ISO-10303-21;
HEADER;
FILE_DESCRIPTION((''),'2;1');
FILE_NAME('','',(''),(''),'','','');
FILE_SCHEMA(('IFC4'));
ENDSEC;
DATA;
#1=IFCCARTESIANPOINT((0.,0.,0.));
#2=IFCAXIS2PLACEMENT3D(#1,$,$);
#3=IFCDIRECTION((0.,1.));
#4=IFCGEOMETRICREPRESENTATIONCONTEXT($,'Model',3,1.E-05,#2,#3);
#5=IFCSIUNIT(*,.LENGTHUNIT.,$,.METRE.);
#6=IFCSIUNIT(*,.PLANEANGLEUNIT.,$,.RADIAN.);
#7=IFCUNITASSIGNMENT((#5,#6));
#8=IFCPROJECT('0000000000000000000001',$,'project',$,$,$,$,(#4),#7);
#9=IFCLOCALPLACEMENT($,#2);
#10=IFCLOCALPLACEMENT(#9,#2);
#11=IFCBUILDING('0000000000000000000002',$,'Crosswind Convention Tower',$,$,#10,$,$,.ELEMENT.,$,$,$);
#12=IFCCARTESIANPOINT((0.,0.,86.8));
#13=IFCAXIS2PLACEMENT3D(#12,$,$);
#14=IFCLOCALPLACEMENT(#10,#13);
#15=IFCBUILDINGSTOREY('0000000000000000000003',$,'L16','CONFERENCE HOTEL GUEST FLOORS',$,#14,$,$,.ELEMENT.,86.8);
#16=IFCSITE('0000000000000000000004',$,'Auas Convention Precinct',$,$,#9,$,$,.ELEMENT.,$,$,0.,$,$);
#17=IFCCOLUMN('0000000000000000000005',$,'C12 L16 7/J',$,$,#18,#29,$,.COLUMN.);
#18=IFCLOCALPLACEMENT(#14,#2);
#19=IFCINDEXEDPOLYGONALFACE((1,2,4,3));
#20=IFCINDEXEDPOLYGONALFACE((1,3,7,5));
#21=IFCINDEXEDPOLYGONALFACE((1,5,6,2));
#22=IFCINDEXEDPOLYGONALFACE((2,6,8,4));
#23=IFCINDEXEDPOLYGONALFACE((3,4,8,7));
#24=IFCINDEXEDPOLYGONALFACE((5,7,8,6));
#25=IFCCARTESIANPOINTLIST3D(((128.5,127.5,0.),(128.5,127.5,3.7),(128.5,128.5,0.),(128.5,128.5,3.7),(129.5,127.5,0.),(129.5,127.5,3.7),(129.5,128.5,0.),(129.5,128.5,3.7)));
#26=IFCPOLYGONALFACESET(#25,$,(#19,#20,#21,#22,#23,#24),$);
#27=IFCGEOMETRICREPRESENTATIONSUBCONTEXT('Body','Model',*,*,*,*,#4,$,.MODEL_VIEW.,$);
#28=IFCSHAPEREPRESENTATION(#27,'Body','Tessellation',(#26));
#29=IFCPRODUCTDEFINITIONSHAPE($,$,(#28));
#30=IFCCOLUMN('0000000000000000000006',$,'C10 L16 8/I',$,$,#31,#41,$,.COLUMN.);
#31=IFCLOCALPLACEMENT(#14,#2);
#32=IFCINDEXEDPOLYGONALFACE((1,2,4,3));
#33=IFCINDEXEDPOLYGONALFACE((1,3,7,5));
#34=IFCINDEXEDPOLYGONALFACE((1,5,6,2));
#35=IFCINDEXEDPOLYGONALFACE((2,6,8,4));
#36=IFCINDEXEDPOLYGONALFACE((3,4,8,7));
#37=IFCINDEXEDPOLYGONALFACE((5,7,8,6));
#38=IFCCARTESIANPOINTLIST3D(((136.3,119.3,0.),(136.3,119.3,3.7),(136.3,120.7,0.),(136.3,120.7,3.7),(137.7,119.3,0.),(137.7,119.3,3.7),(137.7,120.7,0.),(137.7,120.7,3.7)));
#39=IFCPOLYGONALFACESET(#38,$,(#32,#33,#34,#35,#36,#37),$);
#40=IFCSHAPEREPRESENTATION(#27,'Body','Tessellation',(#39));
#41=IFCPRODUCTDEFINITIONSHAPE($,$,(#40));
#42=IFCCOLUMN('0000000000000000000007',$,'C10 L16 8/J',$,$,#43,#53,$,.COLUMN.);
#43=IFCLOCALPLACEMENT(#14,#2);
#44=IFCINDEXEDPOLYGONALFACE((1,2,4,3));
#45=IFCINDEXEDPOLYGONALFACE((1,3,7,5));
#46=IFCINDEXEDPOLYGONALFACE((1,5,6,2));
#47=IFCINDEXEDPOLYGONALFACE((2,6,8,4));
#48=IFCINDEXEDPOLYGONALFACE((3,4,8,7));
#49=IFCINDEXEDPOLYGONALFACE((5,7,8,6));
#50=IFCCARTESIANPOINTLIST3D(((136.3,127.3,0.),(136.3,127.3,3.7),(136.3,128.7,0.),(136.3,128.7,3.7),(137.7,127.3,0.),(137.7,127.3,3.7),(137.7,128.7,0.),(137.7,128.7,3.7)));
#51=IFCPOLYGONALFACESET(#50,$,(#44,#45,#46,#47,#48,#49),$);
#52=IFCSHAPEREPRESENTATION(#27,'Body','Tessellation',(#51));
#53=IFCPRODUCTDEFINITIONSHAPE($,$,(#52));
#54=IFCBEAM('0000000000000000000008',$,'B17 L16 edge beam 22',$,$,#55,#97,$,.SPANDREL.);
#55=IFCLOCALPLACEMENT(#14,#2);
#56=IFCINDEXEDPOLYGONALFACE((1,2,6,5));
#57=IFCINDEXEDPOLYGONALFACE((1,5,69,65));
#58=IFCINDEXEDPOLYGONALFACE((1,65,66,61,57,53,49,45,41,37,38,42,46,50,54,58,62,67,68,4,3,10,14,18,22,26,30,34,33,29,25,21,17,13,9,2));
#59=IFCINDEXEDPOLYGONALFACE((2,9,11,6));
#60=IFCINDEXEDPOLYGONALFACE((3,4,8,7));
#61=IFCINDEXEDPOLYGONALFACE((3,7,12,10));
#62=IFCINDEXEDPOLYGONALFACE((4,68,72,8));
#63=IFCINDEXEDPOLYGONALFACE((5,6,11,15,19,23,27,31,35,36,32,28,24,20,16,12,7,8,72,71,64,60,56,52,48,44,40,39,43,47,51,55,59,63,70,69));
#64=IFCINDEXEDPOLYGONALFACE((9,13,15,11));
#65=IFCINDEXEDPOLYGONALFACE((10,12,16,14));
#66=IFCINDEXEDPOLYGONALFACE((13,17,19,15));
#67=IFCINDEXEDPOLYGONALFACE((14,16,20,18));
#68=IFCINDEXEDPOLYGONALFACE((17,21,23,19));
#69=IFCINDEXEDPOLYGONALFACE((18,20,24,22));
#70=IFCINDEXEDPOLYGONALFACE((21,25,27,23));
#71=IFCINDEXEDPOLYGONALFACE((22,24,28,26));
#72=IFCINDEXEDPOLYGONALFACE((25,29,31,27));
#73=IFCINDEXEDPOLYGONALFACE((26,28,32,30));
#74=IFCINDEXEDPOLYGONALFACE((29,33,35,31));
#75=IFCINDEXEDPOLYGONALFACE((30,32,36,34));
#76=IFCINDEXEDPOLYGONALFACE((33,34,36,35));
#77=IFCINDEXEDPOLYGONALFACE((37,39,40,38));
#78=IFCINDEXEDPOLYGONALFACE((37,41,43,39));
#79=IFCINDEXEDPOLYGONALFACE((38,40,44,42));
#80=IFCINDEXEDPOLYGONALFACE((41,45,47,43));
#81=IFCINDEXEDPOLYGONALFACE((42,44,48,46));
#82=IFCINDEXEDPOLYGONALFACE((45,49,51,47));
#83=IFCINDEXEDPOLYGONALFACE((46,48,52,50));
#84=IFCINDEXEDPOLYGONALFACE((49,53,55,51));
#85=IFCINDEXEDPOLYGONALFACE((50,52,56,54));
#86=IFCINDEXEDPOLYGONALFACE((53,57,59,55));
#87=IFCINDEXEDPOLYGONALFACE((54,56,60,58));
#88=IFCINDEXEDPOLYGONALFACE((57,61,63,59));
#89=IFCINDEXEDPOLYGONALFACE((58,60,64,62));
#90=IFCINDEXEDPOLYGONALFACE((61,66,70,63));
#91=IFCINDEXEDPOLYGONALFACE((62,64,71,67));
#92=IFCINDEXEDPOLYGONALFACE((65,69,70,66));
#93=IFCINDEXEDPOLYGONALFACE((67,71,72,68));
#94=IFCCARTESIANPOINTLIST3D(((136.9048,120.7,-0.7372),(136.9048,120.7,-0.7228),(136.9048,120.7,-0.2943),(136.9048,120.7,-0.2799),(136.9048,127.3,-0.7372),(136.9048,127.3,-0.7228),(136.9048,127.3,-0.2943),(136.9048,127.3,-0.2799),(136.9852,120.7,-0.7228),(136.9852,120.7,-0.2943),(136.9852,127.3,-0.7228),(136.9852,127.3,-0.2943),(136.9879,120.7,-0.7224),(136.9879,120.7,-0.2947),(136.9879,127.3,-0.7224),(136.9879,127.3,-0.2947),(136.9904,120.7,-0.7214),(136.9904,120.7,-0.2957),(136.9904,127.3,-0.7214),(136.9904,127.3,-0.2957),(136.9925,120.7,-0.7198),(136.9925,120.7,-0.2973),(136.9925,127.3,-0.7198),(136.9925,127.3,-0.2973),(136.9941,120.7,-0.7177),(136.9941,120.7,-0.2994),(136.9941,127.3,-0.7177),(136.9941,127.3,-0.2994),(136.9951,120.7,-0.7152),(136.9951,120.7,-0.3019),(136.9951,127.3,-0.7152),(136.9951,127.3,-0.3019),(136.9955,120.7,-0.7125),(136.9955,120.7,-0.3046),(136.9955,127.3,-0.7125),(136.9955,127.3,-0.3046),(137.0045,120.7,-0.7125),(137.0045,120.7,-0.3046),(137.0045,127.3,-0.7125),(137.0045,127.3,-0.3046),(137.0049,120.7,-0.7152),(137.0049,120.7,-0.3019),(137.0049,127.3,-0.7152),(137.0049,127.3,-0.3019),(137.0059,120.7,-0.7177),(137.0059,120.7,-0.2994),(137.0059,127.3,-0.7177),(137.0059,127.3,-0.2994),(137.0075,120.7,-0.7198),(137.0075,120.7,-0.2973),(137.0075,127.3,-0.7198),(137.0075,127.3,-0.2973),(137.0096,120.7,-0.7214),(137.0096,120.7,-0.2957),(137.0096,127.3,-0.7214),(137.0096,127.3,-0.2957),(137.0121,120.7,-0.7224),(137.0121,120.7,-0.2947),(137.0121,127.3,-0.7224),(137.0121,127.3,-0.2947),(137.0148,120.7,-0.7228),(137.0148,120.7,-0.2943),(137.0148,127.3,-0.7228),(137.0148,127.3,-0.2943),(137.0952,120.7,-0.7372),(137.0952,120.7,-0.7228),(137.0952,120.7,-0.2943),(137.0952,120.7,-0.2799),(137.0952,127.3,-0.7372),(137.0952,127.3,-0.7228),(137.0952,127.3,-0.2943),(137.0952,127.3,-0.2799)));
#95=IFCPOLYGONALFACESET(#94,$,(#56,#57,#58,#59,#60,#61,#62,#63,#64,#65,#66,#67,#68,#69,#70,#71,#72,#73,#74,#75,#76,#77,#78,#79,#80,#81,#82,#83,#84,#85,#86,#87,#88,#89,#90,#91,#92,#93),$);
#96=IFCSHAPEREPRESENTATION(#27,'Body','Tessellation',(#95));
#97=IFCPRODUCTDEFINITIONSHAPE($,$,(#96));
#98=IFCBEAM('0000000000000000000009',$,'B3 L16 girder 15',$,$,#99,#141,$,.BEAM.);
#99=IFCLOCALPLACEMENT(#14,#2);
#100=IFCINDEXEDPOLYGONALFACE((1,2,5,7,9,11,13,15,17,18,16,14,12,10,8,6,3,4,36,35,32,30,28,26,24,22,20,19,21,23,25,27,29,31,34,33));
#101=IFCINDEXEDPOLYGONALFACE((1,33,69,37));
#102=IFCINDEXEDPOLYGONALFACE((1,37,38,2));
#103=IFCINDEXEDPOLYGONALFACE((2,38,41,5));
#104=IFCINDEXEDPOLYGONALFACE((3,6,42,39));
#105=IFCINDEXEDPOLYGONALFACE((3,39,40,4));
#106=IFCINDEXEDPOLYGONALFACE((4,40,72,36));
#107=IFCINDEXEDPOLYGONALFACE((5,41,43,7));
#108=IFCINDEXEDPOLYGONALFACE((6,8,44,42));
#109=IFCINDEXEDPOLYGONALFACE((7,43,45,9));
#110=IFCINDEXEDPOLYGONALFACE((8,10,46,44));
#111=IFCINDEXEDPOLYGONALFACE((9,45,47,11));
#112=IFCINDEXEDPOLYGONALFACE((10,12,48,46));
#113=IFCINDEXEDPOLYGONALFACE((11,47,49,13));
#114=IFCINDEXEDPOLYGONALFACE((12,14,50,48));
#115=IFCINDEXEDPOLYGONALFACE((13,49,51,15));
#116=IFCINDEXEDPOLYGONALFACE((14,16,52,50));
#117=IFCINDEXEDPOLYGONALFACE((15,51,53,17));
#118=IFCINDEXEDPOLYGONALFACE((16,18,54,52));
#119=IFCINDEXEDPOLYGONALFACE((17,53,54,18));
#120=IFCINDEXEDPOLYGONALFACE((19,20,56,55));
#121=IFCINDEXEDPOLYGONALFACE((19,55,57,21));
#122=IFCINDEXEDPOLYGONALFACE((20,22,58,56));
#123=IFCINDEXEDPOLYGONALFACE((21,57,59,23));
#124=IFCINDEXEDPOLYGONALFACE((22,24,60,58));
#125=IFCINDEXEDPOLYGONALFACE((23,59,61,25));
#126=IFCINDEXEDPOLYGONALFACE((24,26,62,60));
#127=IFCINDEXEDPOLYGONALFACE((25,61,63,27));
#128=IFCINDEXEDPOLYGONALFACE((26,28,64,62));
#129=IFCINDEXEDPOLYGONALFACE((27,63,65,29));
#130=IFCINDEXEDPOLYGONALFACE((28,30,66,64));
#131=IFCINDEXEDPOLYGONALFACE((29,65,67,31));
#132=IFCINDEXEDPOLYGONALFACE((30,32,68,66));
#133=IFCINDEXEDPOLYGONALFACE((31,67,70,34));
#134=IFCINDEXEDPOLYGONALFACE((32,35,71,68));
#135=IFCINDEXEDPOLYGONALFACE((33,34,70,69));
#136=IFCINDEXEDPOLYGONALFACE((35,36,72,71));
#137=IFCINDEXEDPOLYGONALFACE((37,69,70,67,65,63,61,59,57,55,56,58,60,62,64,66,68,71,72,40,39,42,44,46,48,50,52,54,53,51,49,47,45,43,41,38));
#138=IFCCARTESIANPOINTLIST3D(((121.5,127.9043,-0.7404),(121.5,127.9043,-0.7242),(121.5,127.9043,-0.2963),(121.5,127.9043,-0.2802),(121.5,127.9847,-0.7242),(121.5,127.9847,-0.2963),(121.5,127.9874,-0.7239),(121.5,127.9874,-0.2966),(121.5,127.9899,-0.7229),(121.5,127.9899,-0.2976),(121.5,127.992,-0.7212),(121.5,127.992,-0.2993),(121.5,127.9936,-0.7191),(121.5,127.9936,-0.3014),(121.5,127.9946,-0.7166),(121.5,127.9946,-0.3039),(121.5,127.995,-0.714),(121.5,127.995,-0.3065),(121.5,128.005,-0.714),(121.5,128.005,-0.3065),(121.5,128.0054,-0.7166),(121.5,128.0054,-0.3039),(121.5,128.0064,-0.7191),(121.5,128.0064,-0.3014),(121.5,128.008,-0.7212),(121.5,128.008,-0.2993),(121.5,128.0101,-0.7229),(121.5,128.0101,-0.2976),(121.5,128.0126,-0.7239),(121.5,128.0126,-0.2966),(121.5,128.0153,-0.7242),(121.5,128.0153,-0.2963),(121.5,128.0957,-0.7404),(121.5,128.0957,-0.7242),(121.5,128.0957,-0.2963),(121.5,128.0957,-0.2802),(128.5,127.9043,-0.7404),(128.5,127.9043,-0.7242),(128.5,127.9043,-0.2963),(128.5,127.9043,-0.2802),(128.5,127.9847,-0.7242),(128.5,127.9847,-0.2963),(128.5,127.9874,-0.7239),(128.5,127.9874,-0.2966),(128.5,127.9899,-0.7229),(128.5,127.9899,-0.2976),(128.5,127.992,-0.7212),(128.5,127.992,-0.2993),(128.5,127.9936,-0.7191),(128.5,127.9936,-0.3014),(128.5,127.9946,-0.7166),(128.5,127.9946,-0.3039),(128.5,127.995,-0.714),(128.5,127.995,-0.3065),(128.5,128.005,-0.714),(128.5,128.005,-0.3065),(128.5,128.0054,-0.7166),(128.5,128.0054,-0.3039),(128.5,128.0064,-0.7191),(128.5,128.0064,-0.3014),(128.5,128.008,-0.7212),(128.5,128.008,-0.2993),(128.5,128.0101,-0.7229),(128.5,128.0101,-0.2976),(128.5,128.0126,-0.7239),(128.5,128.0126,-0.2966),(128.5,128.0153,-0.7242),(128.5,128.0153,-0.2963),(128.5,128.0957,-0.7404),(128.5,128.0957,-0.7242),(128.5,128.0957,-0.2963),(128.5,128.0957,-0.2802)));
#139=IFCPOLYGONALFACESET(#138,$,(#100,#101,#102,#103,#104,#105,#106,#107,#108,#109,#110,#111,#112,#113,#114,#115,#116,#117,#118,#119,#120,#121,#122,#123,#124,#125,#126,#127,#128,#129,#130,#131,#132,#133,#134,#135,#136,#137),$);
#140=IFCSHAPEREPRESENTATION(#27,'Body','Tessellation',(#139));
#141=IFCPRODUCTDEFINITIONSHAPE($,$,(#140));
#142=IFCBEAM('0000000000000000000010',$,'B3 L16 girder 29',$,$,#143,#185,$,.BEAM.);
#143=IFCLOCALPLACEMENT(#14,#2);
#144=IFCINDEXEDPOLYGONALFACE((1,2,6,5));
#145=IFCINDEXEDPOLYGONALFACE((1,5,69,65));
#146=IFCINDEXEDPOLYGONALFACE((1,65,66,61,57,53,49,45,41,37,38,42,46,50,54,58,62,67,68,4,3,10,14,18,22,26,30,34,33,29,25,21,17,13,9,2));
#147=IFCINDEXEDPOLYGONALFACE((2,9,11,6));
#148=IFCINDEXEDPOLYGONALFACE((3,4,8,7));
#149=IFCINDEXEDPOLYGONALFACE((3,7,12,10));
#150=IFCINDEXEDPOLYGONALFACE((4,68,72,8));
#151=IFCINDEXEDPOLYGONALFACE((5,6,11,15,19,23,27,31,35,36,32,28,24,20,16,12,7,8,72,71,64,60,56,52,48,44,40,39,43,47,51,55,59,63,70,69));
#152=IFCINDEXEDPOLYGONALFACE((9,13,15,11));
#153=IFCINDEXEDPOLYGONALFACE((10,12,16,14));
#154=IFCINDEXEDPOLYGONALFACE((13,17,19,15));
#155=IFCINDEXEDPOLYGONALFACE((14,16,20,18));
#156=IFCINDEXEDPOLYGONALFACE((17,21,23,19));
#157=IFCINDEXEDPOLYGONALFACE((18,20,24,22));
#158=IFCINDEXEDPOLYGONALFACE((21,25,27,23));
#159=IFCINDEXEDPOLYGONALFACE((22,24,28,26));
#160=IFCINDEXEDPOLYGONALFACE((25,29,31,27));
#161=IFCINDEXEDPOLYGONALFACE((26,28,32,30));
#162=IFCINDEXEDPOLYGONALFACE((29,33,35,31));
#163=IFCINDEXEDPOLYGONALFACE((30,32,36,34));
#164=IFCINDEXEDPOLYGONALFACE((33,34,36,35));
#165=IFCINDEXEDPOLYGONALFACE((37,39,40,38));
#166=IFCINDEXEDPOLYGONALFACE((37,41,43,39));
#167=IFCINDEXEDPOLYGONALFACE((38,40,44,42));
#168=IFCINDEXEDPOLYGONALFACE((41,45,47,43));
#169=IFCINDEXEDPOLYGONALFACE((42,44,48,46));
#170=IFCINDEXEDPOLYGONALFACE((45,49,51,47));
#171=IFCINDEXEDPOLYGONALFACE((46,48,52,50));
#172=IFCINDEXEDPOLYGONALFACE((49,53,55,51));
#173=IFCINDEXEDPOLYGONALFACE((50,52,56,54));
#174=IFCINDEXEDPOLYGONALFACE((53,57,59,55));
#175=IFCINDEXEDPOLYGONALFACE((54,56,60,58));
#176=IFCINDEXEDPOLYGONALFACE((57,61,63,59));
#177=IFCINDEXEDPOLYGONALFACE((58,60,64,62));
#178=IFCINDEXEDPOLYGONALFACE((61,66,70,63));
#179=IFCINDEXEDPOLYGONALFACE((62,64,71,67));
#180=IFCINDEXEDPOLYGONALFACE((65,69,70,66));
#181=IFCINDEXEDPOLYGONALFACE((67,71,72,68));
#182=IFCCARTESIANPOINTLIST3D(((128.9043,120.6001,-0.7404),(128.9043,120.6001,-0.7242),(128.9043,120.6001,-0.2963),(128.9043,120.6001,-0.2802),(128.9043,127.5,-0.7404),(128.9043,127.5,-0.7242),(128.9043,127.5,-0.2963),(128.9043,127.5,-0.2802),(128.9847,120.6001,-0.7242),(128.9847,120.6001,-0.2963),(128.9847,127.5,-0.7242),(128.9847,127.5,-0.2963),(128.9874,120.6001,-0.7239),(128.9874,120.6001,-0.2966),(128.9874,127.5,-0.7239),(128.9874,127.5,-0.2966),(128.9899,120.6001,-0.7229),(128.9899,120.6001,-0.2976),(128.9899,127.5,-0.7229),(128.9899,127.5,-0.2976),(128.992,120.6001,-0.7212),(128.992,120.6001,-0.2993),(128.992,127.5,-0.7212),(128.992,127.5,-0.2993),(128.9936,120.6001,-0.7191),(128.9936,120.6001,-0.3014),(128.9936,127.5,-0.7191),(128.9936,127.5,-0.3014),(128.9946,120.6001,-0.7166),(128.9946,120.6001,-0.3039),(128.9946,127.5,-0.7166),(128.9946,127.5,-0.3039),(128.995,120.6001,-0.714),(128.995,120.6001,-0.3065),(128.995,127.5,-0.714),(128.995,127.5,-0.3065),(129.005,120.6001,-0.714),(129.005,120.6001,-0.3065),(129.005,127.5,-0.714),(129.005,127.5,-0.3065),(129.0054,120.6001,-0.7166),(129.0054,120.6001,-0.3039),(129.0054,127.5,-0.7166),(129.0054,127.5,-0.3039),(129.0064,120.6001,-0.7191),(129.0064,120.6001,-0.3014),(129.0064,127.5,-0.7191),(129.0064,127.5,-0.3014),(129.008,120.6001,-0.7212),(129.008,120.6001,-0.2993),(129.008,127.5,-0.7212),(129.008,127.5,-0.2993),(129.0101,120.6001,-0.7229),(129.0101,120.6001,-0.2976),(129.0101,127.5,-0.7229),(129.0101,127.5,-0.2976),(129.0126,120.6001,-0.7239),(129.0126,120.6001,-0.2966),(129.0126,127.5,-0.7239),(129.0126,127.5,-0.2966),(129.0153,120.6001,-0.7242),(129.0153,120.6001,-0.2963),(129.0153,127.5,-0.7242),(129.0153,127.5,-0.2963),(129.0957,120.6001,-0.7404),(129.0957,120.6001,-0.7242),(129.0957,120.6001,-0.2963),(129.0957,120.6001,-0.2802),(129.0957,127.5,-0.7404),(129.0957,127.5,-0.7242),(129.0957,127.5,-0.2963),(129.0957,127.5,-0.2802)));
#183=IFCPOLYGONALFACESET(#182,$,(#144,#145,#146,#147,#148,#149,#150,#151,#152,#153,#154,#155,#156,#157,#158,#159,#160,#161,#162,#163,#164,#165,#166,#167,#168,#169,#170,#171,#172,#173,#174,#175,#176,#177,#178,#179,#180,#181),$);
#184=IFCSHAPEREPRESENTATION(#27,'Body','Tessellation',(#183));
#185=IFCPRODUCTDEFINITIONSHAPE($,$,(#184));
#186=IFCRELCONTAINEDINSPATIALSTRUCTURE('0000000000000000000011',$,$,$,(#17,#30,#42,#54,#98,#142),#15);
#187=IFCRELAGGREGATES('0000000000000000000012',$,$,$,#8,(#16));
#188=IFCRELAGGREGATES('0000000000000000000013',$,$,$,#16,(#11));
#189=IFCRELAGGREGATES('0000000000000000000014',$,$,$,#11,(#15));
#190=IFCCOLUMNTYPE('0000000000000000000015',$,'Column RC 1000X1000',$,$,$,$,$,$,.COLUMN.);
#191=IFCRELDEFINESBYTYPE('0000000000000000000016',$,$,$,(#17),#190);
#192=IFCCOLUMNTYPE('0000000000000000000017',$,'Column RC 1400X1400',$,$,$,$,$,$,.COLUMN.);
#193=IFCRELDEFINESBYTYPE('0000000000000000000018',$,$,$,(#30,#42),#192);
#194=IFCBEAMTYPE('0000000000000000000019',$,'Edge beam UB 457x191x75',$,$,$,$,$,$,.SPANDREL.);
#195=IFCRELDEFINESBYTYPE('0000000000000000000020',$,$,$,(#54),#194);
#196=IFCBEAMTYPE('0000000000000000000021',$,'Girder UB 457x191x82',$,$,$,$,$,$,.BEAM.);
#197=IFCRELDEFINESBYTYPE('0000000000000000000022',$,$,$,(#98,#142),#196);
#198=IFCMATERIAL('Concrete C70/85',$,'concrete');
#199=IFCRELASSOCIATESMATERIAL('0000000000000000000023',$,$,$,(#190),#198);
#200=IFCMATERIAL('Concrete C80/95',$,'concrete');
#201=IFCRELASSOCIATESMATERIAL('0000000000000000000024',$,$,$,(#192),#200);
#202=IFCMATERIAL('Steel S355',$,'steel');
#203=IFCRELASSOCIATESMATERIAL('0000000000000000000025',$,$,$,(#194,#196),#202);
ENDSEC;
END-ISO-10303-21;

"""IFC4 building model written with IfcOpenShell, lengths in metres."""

from ifc_helpers import new_model, si_unit, direction, frame, origin, origin_2d, place, context, subcontext, project, spatial, rectangle, i_section, extrude, material, material_profile, profile_set, type_object, element, save


model = new_model("IFC4")

# Units and contexts
model_context = context("Model", 3, precision=1e-05, world=origin(), true_north=direction((0.0, 1.0)))
body_context = subcontext(model_context, "Body", "Model", "MODEL_VIEW")
ifc_project = project(units=[si_unit("LENGTHUNIT", "METRE"), si_unit("PLANEANGLEUNIT", "RADIAN")], contexts=[model_context])

# Site, building, storey
site_placement = place(None, origin())
site = spatial("IfcSite", under=ifc_project, at=site_placement, Name="Auas Convention Precinct", CompositionType="ELEMENT", RefElevation=0.0)
building_placement = place(site_placement, origin())
building = spatial("IfcBuilding", under=site, at=building_placement, Name="Crosswind Convention Tower", CompositionType="ELEMENT")
storey_placement = place(building_placement, frame((0.0, 0.0, 86.8)))
storey = spatial("IfcBuildingStorey", under=building, at=storey_placement, Name="L16", Description="CONFERENCE HOTEL GUEST FLOORS", CompositionType="ELEMENT", Elevation=86.8)

# Columns
ifc_material_1 = material(Name="Concrete C70/85", Category="concrete")
ifc_material_profile_1 = material_profile(ifc_material_1, rectangle(XDim=1.0, YDim=1.0, at=origin_2d()), Name="RC 1000X1000")
ifc_profile_set_1 = profile_set([ifc_material_profile_1], Name="Concrete C70/85")
column_type_1 = type_object("IfcColumnType", Name="Column RC 1000X1000", PredefinedType="COLUMN", material=ifc_profile_set_1)
column_placement = place(storey_placement, frame((129.0, 128.0, 0.0), z_axis=(0.0, 0.0, 1.0), x_axis=(1.0, 0.0, 0.0)))
element("IfcColumn", 1, at=column_placement, inside=storey, type_object=column_type_1, Name="C12 L16 7/J", PredefinedType="COLUMN", context=body_context, shape_type="SweptSolid", body=[
    extrude(rectangle(XDim=1.0, YDim=1.0, at=origin_2d()), origin(), (0.0, 0.0, 1.0), 3.7),
])
ifc_material_2 = material(Name="Concrete C80/95", Category="concrete")
ifc_material_profile_2 = material_profile(ifc_material_2, rectangle(XDim=1.3999, YDim=1.3999, at=origin_2d()), Name="RC 1400X1400")
ifc_profile_set_2 = profile_set([ifc_material_profile_2], Name="Concrete C80/95")
column_type_2 = type_object("IfcColumnType", Name="Column RC 1400X1400", PredefinedType="COLUMN", material=ifc_profile_set_2)
for number, where, z_axis, x_axis, name in (
    (2, (137.0, 120.0, 0.0), (0.0, 0.0, 1.0), (1.0, 0.0, 0.0), "C10 L16 8/I"),
    (3, (137.0, 128.0, 0.0), (0.0, 0.0, 1.0), (1.0, 0.0, 0.0), "C10 L16 8/J"),
):
    element("IfcColumn", number, at=place(storey_placement, frame(where, z_axis=z_axis, x_axis=x_axis)), inside=storey, type_object=column_type_2, Name=name, PredefinedType="COLUMN", context=body_context, shape_type="SweptSolid", body=[
        extrude(rectangle(XDim=1.3999, YDim=1.3999, at=origin_2d()), origin(), (0.0, 0.0, 1.0), 3.7),
    ])

# Beams
ifc_material_3 = material(Name="Steel S355", Category="steel")
ifc_material_profile_3 = material_profile(ifc_material_3, i_section(OverallWidth=0.1904, OverallDepth=0.4573, WebThickness=0.009, FlangeThickness=0.0144, FilletRadius=0.0103, at=origin_2d()), Name="UB 457x191x75")
ifc_profile_set_3 = profile_set([ifc_material_profile_3], Name="Steel S355")
beam_type_1 = type_object("IfcBeamType", Name="Edge beam UB 457x191x75", PredefinedType="SPANDREL", material=ifc_profile_set_3)
beam_1_placement = place(storey_placement, frame((137.0, 120.7, -0.5085), z_axis=(0.0, 1.0, 0.0), x_axis=(-1.0, 0.0, 0.0)))
element("IfcBeam", 4, at=beam_1_placement, inside=storey, type_object=beam_type_1, Name="B17 L16 edge beam 22", PredefinedType="SPANDREL", context=body_context, shape_type="SweptSolid", body=[
    extrude(i_section(OverallWidth=0.1904, OverallDepth=0.4573, WebThickness=0.009, FlangeThickness=0.0144, FilletRadius=0.0103, at=origin_2d()), origin(), (0.0, 0.0, 1.0), 6.6001),
])
ifc_material_profile_4 = material_profile(ifc_material_3, i_section(OverallWidth=0.1914, OverallDepth=0.4602, WebThickness=0.01, FlangeThickness=0.0161, FilletRadius=0.0103, at=origin_2d()), Name="UB 457x191x82")
ifc_profile_set_4 = profile_set([ifc_material_profile_4], Name="Steel S355")
beam_type_2 = type_object("IfcBeamType", Name="Girder UB 457x191x82", PredefinedType="BEAM", material=ifc_profile_set_4)
beam_2_placement = place(storey_placement, frame((121.5, 128.0, -0.5103), z_axis=(1.0, 0.0, 0.0), x_axis=(0.0, 1.0, 0.0)))
element("IfcBeam", 5, at=beam_2_placement, inside=storey, type_object=beam_type_2, Name="B3 L16 girder 15", PredefinedType="BEAM", context=body_context, shape_type="SweptSolid", body=[
    extrude(i_section(OverallWidth=0.1914, OverallDepth=0.4602, WebThickness=0.01, FlangeThickness=0.0161, FilletRadius=0.0103, at=origin_2d()), origin(), (0.0, 0.0, 1.0), 7.0),
])
beam_3_placement = place(storey_placement, frame((129.0, 120.6001, -0.5103), z_axis=(0.0, 1.0, 0.0), x_axis=(-1.0, 0.0, 0.0)))
element("IfcBeam", 6, at=beam_3_placement, inside=storey, type_object=beam_type_2, Name="B3 L16 girder 29", PredefinedType="BEAM", context=body_context, shape_type="SweptSolid", body=[
    extrude(i_section(OverallWidth=0.1914, OverallDepth=0.4602, WebThickness=0.01, FlangeThickness=0.0161, FilletRadius=0.0103, at=origin_2d()), origin(), (0.0, 0.0, 1.0), 6.8999),
])

save(model, "model.ifc")
